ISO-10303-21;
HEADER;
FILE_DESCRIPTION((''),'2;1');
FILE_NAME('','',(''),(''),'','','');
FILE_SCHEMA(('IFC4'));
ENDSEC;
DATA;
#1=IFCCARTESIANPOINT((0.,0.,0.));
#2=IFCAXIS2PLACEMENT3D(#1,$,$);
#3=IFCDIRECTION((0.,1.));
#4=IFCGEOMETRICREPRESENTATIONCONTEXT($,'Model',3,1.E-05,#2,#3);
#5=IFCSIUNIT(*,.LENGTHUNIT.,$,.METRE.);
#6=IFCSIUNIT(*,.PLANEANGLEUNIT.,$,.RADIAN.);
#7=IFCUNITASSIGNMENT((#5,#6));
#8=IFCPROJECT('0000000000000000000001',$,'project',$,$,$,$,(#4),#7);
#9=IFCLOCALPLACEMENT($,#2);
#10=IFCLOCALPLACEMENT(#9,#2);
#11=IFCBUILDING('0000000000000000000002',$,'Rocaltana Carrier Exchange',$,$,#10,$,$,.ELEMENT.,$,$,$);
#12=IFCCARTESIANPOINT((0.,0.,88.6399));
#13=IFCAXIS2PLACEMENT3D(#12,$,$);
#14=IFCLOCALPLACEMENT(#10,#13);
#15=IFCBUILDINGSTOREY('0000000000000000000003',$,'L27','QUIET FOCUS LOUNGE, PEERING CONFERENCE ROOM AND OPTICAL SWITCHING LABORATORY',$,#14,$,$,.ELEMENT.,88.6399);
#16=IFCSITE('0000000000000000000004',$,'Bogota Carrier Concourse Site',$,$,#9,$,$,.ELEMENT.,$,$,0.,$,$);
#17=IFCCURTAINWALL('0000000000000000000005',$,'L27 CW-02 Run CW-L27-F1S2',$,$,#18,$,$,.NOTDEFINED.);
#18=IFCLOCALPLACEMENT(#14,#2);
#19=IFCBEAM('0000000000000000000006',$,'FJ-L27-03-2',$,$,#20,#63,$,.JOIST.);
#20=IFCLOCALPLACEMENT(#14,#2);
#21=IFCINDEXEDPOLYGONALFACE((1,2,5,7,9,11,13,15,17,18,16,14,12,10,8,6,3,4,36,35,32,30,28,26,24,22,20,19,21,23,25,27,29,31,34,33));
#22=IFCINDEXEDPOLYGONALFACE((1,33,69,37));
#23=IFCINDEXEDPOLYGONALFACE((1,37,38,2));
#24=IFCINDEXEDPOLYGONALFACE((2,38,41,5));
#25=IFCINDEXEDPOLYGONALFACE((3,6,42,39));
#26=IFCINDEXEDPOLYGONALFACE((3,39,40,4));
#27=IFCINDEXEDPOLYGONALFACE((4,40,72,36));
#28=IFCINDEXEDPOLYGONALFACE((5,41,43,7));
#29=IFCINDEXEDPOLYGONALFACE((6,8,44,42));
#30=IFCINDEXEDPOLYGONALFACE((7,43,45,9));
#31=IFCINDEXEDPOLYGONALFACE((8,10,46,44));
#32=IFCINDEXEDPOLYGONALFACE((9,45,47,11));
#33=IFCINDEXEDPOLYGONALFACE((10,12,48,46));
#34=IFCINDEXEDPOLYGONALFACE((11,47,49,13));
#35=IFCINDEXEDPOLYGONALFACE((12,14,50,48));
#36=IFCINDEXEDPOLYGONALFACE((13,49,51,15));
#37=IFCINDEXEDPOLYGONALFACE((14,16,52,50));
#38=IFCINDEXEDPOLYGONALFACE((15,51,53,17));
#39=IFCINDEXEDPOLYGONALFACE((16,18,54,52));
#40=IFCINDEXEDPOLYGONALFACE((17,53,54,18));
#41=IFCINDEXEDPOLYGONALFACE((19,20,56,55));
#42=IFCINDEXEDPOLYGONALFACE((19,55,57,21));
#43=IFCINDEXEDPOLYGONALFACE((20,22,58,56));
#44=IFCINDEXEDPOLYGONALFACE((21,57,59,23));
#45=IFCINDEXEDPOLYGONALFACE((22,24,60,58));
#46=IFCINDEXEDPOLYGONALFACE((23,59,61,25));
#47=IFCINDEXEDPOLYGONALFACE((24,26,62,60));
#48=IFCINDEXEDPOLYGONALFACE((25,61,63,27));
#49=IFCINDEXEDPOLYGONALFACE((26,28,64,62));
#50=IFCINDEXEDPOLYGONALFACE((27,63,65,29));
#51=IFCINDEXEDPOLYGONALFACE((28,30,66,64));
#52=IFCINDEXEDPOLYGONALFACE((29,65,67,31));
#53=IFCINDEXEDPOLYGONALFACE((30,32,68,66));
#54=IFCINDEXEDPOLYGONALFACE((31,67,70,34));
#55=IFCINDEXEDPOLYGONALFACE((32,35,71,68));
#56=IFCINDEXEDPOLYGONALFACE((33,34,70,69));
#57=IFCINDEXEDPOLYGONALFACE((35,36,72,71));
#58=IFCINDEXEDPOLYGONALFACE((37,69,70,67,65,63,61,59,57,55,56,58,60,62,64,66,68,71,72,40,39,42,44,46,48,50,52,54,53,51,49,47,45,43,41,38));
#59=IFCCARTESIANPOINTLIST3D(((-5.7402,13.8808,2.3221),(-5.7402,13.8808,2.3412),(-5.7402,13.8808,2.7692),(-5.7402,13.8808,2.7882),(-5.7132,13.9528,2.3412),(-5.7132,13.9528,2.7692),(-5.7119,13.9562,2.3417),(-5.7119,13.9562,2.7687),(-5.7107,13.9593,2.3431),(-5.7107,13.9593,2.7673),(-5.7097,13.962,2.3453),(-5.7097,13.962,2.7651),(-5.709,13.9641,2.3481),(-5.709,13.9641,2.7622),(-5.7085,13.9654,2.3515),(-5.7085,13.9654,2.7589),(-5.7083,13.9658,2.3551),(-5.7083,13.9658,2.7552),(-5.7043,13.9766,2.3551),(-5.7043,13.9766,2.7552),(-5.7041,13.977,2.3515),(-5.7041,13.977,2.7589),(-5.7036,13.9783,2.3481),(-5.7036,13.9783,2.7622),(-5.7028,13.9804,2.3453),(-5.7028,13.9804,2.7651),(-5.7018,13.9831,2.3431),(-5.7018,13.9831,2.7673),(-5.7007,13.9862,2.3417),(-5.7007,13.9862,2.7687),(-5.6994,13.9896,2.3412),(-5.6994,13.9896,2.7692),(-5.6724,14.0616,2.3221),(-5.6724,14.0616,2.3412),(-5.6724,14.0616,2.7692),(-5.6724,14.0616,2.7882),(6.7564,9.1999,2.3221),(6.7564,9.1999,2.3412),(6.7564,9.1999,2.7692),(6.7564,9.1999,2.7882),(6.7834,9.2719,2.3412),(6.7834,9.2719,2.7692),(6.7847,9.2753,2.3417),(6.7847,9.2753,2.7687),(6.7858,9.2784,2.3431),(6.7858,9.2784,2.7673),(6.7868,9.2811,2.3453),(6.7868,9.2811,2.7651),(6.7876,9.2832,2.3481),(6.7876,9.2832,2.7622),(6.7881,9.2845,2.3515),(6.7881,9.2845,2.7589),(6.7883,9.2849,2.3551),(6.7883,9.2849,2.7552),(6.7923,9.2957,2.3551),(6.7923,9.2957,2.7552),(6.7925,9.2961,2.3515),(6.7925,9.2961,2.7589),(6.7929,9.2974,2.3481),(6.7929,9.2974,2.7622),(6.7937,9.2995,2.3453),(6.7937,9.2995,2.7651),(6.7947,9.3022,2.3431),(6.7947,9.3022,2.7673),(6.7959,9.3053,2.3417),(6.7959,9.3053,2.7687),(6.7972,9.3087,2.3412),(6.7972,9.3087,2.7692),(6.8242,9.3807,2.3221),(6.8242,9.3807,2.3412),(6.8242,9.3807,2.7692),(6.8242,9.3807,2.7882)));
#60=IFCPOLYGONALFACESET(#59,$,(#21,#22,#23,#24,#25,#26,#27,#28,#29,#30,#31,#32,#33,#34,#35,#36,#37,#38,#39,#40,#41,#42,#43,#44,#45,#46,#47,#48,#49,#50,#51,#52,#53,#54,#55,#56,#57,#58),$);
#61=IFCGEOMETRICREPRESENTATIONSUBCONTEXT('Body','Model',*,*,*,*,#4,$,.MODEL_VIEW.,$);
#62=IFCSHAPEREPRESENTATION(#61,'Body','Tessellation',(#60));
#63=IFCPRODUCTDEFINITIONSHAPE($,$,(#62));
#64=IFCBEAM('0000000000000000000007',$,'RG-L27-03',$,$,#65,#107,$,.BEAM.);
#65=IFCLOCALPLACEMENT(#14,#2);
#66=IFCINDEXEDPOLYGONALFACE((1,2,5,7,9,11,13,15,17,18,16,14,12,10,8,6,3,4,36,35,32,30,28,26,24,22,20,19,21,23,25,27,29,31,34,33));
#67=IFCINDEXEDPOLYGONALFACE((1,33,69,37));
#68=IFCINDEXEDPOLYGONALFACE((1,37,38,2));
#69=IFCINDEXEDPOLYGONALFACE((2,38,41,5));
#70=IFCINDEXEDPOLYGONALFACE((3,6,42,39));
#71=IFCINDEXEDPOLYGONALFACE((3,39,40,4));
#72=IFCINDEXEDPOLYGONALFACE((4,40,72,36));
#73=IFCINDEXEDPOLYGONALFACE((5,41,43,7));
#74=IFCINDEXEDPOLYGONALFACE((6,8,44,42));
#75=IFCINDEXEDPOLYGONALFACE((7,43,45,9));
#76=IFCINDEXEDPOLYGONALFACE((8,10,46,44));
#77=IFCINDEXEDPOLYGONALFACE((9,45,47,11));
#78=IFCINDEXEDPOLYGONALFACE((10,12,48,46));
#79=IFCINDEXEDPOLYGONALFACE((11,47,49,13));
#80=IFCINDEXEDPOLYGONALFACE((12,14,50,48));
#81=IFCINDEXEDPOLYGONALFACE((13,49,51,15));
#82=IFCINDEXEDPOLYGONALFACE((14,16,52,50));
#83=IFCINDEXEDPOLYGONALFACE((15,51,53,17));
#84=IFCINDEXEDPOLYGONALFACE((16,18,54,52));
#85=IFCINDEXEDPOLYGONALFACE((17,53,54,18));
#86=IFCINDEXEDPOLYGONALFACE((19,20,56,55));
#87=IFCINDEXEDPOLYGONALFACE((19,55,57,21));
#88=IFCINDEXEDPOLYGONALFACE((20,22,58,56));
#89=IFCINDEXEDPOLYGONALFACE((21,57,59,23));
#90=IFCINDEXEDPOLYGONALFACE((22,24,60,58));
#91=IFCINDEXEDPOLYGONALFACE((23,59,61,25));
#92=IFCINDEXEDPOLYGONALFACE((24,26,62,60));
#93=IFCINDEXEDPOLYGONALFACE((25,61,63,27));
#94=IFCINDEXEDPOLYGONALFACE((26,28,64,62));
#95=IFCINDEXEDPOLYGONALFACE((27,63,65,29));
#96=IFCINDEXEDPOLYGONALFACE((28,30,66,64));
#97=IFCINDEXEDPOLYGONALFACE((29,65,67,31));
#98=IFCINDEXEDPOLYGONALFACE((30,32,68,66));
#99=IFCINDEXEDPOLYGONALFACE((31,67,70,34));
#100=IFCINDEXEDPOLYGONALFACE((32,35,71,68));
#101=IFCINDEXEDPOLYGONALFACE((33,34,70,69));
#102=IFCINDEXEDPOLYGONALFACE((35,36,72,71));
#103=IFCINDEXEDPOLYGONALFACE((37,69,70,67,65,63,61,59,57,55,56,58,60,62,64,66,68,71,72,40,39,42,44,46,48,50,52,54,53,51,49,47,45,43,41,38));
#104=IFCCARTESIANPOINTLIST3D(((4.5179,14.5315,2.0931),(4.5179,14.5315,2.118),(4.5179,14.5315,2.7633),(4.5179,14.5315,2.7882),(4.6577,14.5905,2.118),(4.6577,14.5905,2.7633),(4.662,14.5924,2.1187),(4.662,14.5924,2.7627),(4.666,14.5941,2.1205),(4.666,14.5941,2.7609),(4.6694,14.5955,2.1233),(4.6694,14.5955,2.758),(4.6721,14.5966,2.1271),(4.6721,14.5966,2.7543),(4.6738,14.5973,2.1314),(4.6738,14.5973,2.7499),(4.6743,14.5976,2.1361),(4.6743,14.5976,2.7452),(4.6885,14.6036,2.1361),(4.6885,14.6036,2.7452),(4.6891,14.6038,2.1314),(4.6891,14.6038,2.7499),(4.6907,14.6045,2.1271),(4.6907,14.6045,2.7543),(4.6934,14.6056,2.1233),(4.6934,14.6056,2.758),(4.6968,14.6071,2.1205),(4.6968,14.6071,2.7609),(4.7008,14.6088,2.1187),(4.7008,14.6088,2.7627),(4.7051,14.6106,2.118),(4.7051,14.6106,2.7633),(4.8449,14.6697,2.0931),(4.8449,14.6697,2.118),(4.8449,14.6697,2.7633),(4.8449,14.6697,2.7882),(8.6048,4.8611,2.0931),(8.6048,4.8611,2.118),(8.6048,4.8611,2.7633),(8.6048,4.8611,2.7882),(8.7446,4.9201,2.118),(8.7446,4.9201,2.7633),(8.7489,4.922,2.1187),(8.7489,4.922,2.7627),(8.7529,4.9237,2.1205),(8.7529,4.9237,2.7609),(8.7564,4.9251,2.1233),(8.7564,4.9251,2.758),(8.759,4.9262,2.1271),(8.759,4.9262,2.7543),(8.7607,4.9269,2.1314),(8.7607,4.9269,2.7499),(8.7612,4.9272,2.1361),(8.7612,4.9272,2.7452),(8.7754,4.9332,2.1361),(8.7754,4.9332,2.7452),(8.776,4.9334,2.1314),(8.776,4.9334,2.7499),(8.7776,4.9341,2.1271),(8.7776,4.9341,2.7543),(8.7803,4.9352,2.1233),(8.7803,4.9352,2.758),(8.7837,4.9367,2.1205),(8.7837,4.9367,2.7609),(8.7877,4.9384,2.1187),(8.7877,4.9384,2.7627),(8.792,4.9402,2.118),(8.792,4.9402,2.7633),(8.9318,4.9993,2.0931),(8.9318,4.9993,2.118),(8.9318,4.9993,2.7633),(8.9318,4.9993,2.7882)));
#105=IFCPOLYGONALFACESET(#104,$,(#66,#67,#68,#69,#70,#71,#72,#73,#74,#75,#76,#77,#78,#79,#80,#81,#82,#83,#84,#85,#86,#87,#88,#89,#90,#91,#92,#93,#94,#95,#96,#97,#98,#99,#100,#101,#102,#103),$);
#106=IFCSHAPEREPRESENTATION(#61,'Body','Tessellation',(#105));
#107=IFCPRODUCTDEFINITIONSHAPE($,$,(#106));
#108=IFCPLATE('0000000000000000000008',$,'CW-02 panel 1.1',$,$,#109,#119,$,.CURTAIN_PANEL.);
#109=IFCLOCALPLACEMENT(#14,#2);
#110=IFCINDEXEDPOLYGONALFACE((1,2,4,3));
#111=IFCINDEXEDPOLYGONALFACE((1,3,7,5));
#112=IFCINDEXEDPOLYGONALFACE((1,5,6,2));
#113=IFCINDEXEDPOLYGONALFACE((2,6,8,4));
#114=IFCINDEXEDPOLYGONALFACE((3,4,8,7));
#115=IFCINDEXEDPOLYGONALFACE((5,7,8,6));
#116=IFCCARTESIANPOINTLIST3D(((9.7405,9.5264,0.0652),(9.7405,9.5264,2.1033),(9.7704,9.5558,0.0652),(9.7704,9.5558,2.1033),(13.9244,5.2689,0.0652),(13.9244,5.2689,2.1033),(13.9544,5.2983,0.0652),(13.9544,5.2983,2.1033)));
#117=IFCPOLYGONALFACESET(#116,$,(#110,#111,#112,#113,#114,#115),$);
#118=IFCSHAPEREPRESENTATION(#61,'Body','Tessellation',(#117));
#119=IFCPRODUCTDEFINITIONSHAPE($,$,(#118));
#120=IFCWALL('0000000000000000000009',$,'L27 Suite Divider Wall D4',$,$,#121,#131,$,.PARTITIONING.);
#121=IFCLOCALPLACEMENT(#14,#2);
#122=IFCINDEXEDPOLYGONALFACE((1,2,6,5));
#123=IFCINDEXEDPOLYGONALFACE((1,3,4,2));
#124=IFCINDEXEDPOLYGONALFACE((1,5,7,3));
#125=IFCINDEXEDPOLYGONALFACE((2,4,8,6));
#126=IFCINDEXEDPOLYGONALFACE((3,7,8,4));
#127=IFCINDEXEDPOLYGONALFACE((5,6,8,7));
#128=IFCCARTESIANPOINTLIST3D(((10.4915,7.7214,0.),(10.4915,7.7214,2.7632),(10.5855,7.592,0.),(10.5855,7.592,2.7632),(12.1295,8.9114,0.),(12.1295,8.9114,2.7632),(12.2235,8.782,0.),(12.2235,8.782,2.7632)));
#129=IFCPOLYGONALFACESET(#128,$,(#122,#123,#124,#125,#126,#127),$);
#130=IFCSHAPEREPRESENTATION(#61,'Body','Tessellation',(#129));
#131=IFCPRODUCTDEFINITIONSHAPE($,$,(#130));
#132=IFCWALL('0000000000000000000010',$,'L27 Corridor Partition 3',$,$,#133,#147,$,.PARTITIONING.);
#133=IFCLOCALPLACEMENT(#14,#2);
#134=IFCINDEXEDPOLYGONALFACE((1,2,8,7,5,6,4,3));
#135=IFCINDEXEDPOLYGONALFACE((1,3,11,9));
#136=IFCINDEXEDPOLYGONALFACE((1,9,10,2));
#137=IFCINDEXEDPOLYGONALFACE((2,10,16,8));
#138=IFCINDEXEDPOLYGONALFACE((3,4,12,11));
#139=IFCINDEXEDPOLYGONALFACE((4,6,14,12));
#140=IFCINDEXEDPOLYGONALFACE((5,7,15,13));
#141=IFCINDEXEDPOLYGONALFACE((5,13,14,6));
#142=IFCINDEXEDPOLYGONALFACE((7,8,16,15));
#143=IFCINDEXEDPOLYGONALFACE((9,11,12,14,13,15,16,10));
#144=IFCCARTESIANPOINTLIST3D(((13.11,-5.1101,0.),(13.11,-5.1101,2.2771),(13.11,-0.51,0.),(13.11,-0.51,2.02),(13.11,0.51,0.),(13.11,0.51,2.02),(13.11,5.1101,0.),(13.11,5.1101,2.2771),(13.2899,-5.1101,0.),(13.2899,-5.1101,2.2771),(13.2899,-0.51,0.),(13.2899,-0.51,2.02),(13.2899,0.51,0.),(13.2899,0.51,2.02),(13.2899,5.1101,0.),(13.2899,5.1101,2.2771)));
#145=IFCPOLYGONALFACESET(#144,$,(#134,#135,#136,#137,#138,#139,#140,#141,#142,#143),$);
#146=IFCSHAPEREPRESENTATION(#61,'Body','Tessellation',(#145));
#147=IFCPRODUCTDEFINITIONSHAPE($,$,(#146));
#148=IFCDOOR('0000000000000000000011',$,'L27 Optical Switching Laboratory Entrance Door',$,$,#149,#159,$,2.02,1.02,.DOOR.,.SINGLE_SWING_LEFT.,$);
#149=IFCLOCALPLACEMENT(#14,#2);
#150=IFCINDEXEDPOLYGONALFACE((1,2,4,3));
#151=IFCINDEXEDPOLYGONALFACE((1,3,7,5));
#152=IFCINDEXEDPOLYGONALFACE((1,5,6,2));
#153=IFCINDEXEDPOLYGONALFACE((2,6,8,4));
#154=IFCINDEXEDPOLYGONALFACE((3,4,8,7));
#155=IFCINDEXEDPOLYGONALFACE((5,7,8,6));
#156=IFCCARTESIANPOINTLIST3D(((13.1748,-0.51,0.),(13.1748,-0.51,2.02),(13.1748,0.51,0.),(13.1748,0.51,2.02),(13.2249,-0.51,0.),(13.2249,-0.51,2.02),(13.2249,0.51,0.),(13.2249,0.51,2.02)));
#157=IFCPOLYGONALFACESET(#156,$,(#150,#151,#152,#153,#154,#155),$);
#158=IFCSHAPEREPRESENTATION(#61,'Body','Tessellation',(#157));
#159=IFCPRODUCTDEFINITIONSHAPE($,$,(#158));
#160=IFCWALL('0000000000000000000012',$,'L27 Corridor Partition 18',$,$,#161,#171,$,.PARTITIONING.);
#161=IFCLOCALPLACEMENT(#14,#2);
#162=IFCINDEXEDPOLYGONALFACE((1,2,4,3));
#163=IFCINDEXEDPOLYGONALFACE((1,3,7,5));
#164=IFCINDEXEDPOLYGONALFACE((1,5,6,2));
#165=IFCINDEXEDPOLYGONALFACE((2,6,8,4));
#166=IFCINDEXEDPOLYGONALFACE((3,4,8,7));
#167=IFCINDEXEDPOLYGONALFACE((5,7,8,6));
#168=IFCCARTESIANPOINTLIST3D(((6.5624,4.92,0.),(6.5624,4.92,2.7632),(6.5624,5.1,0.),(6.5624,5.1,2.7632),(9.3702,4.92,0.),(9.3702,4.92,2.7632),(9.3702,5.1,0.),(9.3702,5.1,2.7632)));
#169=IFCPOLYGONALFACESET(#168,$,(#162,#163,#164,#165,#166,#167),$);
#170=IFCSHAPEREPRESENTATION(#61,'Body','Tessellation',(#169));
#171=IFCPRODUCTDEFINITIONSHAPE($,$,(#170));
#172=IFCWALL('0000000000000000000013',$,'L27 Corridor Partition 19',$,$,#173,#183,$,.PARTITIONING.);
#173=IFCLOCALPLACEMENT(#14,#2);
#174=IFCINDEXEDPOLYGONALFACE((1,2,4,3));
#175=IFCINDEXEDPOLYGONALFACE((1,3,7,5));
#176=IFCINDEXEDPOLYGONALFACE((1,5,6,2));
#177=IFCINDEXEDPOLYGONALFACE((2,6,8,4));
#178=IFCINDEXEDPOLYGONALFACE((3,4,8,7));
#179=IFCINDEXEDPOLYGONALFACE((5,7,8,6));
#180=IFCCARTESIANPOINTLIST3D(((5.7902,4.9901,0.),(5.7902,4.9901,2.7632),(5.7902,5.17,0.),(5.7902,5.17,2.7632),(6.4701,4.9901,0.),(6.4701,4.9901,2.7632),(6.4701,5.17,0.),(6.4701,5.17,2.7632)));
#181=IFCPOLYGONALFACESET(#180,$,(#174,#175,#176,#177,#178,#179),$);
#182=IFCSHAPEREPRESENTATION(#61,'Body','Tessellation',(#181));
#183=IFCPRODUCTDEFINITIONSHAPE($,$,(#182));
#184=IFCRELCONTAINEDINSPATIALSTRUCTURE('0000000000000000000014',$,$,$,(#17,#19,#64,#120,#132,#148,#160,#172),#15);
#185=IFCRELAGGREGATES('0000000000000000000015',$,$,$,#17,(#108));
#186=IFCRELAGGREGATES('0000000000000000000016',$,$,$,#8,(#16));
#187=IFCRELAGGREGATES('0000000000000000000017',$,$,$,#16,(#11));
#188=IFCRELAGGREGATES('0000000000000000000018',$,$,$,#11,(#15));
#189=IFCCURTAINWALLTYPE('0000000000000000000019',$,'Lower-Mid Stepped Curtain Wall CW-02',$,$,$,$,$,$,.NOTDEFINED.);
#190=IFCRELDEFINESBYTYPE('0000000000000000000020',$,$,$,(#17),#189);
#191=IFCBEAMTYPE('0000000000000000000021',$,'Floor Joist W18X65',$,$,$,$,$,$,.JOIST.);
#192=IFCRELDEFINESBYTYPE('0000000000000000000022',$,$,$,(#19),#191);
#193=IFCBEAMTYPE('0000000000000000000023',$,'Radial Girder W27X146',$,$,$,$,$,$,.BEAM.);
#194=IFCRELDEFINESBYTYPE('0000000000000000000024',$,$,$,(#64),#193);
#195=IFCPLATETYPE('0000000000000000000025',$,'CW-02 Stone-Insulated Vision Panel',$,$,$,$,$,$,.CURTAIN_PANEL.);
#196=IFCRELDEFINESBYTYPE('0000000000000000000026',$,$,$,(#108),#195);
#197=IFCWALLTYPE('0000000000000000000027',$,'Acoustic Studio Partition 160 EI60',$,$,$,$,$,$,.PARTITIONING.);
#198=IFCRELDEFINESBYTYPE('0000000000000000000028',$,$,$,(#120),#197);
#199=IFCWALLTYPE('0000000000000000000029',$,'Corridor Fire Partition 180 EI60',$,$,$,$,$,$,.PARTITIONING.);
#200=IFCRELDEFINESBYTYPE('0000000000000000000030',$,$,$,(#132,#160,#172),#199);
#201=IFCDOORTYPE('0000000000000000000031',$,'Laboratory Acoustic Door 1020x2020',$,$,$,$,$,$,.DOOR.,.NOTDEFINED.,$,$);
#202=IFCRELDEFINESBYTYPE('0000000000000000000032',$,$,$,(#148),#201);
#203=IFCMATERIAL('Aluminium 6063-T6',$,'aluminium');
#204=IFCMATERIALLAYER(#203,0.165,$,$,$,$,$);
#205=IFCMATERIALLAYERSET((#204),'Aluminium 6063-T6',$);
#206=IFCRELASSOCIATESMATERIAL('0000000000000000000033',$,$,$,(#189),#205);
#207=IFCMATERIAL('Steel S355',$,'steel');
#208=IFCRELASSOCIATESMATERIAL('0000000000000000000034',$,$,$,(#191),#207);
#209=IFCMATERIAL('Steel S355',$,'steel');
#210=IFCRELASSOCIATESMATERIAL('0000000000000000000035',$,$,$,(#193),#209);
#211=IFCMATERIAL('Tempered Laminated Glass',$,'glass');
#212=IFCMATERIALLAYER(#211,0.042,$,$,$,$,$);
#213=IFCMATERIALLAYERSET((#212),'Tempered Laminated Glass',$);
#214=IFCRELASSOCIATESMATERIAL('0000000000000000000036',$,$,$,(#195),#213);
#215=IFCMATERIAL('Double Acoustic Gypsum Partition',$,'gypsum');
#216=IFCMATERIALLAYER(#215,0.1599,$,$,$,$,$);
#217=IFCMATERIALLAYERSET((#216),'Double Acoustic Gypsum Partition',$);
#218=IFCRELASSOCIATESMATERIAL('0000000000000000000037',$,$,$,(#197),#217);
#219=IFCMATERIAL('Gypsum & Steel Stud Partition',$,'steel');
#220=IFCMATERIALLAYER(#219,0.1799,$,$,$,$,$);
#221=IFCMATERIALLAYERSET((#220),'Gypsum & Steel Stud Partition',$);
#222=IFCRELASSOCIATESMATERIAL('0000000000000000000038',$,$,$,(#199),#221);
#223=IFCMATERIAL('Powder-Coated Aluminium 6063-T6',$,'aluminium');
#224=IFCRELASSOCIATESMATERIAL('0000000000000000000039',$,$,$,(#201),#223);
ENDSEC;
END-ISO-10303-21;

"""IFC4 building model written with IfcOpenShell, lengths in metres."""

from ifc_helpers import new_model, si_unit, direction, frame, frame_2d, origin, origin_2d, place, context, subcontext, project, spatial, rectangle, i_section, extrude, material, layer, layer_set, material_profile, profile_set, type_object, element, fill, aggregate, save


model = new_model("IFC4")

# Units and contexts
model_context = context("Model", 3, precision=1e-05, world=origin(), true_north=direction((0.0, 1.0)))
body_context = subcontext(model_context, "Body", "Model", "MODEL_VIEW")
ifc_project = project(units=[si_unit("LENGTHUNIT", "METRE"), si_unit("PLANEANGLEUNIT", "RADIAN")], contexts=[model_context])

# Site, building, storey
site_placement = place(None, origin())
site = spatial("IfcSite", under=ifc_project, at=site_placement, Name="Bogota Carrier Concourse Site", CompositionType="ELEMENT", RefElevation=0.0)
building_placement = place(site_placement, origin())
building = spatial("IfcBuilding", under=site, at=building_placement, Name="Rocaltana Carrier Exchange", CompositionType="ELEMENT")
storey_placement = place(building_placement, frame((0.0, 0.0, 88.6399)))
storey = spatial("IfcBuildingStorey", under=building, at=storey_placement, Name="L27", Description="QUIET FOCUS LOUNGE, PEERING CONFERENCE ROOM AND OPTICAL SWITCHING LABORATORY", CompositionType="ELEMENT", Elevation=88.6399)

# Curtain wall
ifc_material_1 = material(Name="Aluminium 6063-T6", Category="aluminium")
ifc_layer_1 = layer(ifc_material_1, 0.165)
ifc_layer_set_1 = layer_set([ifc_layer_1], Name="Aluminium 6063-T6")
curtain_wall_type = type_object("IfcCurtainWallType", Name="Lower-Mid Stepped Curtain Wall CW-02", PredefinedType="NOTDEFINED", material=ifc_layer_set_1)
curtain_wall_placement = place(storey_placement, origin())
curtain_wall = element("IfcCurtainWall", 1, at=curtain_wall_placement, inside=storey, type_object=curtain_wall_type, Name="L27 CW-02 Run CW-L27-F1S2", PredefinedType="NOTDEFINED")

# Beams
ifc_material_2 = material(Name="Steel S355", Category="steel")
ifc_material_profile_1 = material_profile(ifc_material_2, i_section(OverallWidth=0.1931, OverallDepth=0.4661, WebThickness=0.0115, FlangeThickness=0.019, FilletRadius=0.0139, at=origin_2d()), Name="W18X65")
ifc_profile_set_1 = profile_set([ifc_material_profile_1], Name="Steel S355")
beam_type_1 = type_object("IfcBeamType", Name="Floor Joist W18X65", PredefinedType="JOIST", material=ifc_profile_set_1)
beam_1_placement = place(storey_placement, frame((6.7903, 9.2903, 2.5552), z_axis=(-0.93646, 0.350775, 0.0), x_axis=(-0.350775, -0.93646, 0.0)))
element("IfcBeam", 2, at=beam_1_placement, inside=storey, type_object=beam_type_1, Name="FJ-L27-03-2", PredefinedType="JOIST", context=body_context, shape_type="SweptSolid", body=[
    extrude(i_section(OverallWidth=0.1931, OverallDepth=0.4661, WebThickness=0.0115, FlangeThickness=0.019, FilletRadius=0.0139, at=origin_2d()), origin(), (0.0, 0.0, 1.0), 13.3445),
])
ifc_material_3 = material(Name="Steel S355", Category="steel")
ifc_material_profile_2 = material_profile(ifc_material_3, i_section(OverallWidth=0.355, OverallDepth=0.6951, WebThickness=0.0154, FlangeThickness=0.0249, FilletRadius=0.0181, at=origin_2d()), Name="W27X146")
ifc_profile_set_2 = profile_set([ifc_material_profile_2], Name="Steel S355")
beam_type_2 = type_object("IfcBeamType", Name="Radial Girder W27X146", PredefinedType="BEAM", material=ifc_profile_set_2)
beam_2_placement = place(storey_placement, frame((8.7683, 4.9302, 2.4407), z_axis=(-0.389283, 0.921118, 0.0), x_axis=(-0.921118, -0.389283, 0.0)))
element("IfcBeam", 3, at=beam_2_placement, inside=storey, type_object=beam_type_2, Name="RG-L27-03", PredefinedType="BEAM", context=body_context, shape_type="SweptSolid", body=[
    extrude(i_section(OverallWidth=0.355, OverallDepth=0.6951, WebThickness=0.0154, FlangeThickness=0.0249, FilletRadius=0.0181, at=origin_2d()), origin(), (0.0, 0.0, 1.0), 10.4985),
])

# Plate
ifc_material_4 = material(Name="Tempered Laminated Glass", Category="glass")
ifc_layer_2 = layer(ifc_material_4, 0.042)
ifc_layer_set_2 = layer_set([ifc_layer_2], Name="Tempered Laminated Glass")
plate_type = type_object("IfcPlateType", Name="CW-02 Stone-Insulated Vision Panel", PredefinedType="CURTAIN_PANEL", material=ifc_layer_set_2)
plate_placement = place(storey_placement, frame((11.8474, 7.4124, 0.0652), z_axis=(0.0, 0.0, 1.0), x_axis=(-0.700915, 0.713245, 0.0)))
plate = element("IfcPlate", 4, at=plate_placement, type_object=plate_type, Name="CW-02 panel 1.1", PredefinedType="CURTAIN_PANEL", context=body_context, shape_type="SweptSolid", body=[
    extrude(rectangle(XDim=5.9692, YDim=0.042, at=origin_2d()), origin(), (0.0, 0.0, 1.0), 2.0381),
])
aggregate(curtain_wall, [plate])

# Wall
ifc_material_5 = material(Name="Double Acoustic Gypsum Partition", Category="gypsum")
ifc_layer_3 = layer(ifc_material_5, 0.1599)
ifc_layer_set_3 = layer_set([ifc_layer_3], Name="Double Acoustic Gypsum Partition")
wall_type_1 = type_object("IfcWallType", Name="Acoustic Studio Partition 160 EI60", PredefinedType="PARTITIONING", material=ifc_layer_set_3)
wall_1_placement = place(storey_placement, frame((10.5386, 7.6567, 0.0), z_axis=(0.0, 0.0, 1.0), x_axis=(0.809038, 0.587756, 0.0)))
element("IfcWall", 5, at=wall_1_placement, inside=storey, type_object=wall_type_1, Name="L27 Suite Divider Wall D4", PredefinedType="PARTITIONING", context=body_context, shape_type="SweptSolid", body=[
    extrude(rectangle(XDim=2.0247, YDim=0.1599, at=frame_2d((1.0122, 0.0))), origin(), (0.0, 0.0, 1.0), 2.7632),
])

# Wall, opening, door
ifc_material_6 = material(Name="Gypsum & Steel Stud Partition", Category="steel")
ifc_layer_4 = layer(ifc_material_6, 0.1799)
ifc_layer_set_4 = layer_set([ifc_layer_4], Name="Gypsum & Steel Stud Partition")
wall_type_2 = type_object("IfcWallType", Name="Corridor Fire Partition 180 EI60", PredefinedType="PARTITIONING", material=ifc_layer_set_4)
wall_2_placement = place(storey_placement, frame((13.2, 5.1101, 0.0), z_axis=(0.0, 0.0, 1.0), x_axis=(0.0, -1.0, 0.0)))
wall_2 = element("IfcWall", 6, at=wall_2_placement, inside=storey, type_object=wall_type_2, Name="L27 Corridor Partition 3", PredefinedType="PARTITIONING", context=body_context, shape_type="SweptSolid", body=[
    extrude(rectangle(XDim=10.2202, YDim=0.1799, at=frame_2d((5.1101, 0.0))), origin(), (0.0, 0.0, 1.0), 2.2771),
])
opening_1_placement = place(wall_2_placement, frame((4.6001, 0.0, 0.0)))
opening_1 = element("IfcOpeningElement", 7, at=opening_1_placement, cuts=wall_2, PredefinedType="OPENING", context=body_context, shape_type="SweptSolid", body=[
    extrude(rectangle(XDim=1.02, YDim=2.02, at=frame_2d((0.51, 1.01))), frame((0.0, 0.0999, 0.0), z_axis=(0.0, -1.0, 0.0), x_axis=(1.0, 0.0, 0.0)), (0.0, 0.0, 1.0), 0.2),
])
ifc_material_7 = material(Name="Powder-Coated Aluminium 6063-T6", Category="aluminium")
door_type_1 = type_object("IfcDoorType", Name="Laboratory Acoustic Door 1020x2020", OperationType="NOTDEFINED", PredefinedType="DOOR", material=ifc_material_7)
door_1_placement = place(opening_1_placement, origin())
door_1 = element("IfcDoor", 8, at=door_1_placement, inside=storey, type_object=door_type_1, Name="L27 Optical Switching Laboratory Entrance Door", OperationType="SINGLE_SWING_LEFT", OverallHeight=2.02, OverallWidth=1.02, PredefinedType="DOOR", context=body_context, shape_type="SweptSolid", body=[
    extrude(rectangle(XDim=1.02, YDim=2.02, at=frame_2d((0.51, 1.01))), frame((0.0, 0.0249, 0.0), z_axis=(0.0, -1.0, 0.0), x_axis=(1.0, 0.0, 0.0)), (0.0, 0.0, 1.0), 0.05),
])
fill(opening_1, door_1)

# Walls
wall_3_placement = place(storey_placement, frame((9.3701, 5.01, 0.0), z_axis=(0.0, 0.0, 1.0), x_axis=(-1.0, 0.0, 0.0)))
element("IfcWall", 9, at=wall_3_placement, inside=storey, type_object=wall_type_2, Name="L27 Corridor Partition 18", PredefinedType="PARTITIONING", context=body_context, shape_type="SweptSolid", body=[
    extrude(rectangle(XDim=2.8079, YDim=0.1799, at=frame_2d((1.4038, 0.0))), origin(), (0.0, 0.0, 1.0), 2.7632),
])
wall_4_placement = place(storey_placement, frame((6.47, 5.0801, 0.0), z_axis=(0.0, 0.0, 1.0), x_axis=(-1.0, 0.0, 0.0)))
element("IfcWall", 10, at=wall_4_placement, inside=storey, type_object=wall_type_2, Name="L27 Corridor Partition 19", PredefinedType="PARTITIONING", context=body_context, shape_type="SweptSolid", body=[
    extrude(rectangle(XDim=0.6799, YDim=0.1799, at=frame_2d((0.3398, 0.0))), origin(), (0.0, 0.0, 1.0), 2.7632),
])

save(model, "model.ifc")
